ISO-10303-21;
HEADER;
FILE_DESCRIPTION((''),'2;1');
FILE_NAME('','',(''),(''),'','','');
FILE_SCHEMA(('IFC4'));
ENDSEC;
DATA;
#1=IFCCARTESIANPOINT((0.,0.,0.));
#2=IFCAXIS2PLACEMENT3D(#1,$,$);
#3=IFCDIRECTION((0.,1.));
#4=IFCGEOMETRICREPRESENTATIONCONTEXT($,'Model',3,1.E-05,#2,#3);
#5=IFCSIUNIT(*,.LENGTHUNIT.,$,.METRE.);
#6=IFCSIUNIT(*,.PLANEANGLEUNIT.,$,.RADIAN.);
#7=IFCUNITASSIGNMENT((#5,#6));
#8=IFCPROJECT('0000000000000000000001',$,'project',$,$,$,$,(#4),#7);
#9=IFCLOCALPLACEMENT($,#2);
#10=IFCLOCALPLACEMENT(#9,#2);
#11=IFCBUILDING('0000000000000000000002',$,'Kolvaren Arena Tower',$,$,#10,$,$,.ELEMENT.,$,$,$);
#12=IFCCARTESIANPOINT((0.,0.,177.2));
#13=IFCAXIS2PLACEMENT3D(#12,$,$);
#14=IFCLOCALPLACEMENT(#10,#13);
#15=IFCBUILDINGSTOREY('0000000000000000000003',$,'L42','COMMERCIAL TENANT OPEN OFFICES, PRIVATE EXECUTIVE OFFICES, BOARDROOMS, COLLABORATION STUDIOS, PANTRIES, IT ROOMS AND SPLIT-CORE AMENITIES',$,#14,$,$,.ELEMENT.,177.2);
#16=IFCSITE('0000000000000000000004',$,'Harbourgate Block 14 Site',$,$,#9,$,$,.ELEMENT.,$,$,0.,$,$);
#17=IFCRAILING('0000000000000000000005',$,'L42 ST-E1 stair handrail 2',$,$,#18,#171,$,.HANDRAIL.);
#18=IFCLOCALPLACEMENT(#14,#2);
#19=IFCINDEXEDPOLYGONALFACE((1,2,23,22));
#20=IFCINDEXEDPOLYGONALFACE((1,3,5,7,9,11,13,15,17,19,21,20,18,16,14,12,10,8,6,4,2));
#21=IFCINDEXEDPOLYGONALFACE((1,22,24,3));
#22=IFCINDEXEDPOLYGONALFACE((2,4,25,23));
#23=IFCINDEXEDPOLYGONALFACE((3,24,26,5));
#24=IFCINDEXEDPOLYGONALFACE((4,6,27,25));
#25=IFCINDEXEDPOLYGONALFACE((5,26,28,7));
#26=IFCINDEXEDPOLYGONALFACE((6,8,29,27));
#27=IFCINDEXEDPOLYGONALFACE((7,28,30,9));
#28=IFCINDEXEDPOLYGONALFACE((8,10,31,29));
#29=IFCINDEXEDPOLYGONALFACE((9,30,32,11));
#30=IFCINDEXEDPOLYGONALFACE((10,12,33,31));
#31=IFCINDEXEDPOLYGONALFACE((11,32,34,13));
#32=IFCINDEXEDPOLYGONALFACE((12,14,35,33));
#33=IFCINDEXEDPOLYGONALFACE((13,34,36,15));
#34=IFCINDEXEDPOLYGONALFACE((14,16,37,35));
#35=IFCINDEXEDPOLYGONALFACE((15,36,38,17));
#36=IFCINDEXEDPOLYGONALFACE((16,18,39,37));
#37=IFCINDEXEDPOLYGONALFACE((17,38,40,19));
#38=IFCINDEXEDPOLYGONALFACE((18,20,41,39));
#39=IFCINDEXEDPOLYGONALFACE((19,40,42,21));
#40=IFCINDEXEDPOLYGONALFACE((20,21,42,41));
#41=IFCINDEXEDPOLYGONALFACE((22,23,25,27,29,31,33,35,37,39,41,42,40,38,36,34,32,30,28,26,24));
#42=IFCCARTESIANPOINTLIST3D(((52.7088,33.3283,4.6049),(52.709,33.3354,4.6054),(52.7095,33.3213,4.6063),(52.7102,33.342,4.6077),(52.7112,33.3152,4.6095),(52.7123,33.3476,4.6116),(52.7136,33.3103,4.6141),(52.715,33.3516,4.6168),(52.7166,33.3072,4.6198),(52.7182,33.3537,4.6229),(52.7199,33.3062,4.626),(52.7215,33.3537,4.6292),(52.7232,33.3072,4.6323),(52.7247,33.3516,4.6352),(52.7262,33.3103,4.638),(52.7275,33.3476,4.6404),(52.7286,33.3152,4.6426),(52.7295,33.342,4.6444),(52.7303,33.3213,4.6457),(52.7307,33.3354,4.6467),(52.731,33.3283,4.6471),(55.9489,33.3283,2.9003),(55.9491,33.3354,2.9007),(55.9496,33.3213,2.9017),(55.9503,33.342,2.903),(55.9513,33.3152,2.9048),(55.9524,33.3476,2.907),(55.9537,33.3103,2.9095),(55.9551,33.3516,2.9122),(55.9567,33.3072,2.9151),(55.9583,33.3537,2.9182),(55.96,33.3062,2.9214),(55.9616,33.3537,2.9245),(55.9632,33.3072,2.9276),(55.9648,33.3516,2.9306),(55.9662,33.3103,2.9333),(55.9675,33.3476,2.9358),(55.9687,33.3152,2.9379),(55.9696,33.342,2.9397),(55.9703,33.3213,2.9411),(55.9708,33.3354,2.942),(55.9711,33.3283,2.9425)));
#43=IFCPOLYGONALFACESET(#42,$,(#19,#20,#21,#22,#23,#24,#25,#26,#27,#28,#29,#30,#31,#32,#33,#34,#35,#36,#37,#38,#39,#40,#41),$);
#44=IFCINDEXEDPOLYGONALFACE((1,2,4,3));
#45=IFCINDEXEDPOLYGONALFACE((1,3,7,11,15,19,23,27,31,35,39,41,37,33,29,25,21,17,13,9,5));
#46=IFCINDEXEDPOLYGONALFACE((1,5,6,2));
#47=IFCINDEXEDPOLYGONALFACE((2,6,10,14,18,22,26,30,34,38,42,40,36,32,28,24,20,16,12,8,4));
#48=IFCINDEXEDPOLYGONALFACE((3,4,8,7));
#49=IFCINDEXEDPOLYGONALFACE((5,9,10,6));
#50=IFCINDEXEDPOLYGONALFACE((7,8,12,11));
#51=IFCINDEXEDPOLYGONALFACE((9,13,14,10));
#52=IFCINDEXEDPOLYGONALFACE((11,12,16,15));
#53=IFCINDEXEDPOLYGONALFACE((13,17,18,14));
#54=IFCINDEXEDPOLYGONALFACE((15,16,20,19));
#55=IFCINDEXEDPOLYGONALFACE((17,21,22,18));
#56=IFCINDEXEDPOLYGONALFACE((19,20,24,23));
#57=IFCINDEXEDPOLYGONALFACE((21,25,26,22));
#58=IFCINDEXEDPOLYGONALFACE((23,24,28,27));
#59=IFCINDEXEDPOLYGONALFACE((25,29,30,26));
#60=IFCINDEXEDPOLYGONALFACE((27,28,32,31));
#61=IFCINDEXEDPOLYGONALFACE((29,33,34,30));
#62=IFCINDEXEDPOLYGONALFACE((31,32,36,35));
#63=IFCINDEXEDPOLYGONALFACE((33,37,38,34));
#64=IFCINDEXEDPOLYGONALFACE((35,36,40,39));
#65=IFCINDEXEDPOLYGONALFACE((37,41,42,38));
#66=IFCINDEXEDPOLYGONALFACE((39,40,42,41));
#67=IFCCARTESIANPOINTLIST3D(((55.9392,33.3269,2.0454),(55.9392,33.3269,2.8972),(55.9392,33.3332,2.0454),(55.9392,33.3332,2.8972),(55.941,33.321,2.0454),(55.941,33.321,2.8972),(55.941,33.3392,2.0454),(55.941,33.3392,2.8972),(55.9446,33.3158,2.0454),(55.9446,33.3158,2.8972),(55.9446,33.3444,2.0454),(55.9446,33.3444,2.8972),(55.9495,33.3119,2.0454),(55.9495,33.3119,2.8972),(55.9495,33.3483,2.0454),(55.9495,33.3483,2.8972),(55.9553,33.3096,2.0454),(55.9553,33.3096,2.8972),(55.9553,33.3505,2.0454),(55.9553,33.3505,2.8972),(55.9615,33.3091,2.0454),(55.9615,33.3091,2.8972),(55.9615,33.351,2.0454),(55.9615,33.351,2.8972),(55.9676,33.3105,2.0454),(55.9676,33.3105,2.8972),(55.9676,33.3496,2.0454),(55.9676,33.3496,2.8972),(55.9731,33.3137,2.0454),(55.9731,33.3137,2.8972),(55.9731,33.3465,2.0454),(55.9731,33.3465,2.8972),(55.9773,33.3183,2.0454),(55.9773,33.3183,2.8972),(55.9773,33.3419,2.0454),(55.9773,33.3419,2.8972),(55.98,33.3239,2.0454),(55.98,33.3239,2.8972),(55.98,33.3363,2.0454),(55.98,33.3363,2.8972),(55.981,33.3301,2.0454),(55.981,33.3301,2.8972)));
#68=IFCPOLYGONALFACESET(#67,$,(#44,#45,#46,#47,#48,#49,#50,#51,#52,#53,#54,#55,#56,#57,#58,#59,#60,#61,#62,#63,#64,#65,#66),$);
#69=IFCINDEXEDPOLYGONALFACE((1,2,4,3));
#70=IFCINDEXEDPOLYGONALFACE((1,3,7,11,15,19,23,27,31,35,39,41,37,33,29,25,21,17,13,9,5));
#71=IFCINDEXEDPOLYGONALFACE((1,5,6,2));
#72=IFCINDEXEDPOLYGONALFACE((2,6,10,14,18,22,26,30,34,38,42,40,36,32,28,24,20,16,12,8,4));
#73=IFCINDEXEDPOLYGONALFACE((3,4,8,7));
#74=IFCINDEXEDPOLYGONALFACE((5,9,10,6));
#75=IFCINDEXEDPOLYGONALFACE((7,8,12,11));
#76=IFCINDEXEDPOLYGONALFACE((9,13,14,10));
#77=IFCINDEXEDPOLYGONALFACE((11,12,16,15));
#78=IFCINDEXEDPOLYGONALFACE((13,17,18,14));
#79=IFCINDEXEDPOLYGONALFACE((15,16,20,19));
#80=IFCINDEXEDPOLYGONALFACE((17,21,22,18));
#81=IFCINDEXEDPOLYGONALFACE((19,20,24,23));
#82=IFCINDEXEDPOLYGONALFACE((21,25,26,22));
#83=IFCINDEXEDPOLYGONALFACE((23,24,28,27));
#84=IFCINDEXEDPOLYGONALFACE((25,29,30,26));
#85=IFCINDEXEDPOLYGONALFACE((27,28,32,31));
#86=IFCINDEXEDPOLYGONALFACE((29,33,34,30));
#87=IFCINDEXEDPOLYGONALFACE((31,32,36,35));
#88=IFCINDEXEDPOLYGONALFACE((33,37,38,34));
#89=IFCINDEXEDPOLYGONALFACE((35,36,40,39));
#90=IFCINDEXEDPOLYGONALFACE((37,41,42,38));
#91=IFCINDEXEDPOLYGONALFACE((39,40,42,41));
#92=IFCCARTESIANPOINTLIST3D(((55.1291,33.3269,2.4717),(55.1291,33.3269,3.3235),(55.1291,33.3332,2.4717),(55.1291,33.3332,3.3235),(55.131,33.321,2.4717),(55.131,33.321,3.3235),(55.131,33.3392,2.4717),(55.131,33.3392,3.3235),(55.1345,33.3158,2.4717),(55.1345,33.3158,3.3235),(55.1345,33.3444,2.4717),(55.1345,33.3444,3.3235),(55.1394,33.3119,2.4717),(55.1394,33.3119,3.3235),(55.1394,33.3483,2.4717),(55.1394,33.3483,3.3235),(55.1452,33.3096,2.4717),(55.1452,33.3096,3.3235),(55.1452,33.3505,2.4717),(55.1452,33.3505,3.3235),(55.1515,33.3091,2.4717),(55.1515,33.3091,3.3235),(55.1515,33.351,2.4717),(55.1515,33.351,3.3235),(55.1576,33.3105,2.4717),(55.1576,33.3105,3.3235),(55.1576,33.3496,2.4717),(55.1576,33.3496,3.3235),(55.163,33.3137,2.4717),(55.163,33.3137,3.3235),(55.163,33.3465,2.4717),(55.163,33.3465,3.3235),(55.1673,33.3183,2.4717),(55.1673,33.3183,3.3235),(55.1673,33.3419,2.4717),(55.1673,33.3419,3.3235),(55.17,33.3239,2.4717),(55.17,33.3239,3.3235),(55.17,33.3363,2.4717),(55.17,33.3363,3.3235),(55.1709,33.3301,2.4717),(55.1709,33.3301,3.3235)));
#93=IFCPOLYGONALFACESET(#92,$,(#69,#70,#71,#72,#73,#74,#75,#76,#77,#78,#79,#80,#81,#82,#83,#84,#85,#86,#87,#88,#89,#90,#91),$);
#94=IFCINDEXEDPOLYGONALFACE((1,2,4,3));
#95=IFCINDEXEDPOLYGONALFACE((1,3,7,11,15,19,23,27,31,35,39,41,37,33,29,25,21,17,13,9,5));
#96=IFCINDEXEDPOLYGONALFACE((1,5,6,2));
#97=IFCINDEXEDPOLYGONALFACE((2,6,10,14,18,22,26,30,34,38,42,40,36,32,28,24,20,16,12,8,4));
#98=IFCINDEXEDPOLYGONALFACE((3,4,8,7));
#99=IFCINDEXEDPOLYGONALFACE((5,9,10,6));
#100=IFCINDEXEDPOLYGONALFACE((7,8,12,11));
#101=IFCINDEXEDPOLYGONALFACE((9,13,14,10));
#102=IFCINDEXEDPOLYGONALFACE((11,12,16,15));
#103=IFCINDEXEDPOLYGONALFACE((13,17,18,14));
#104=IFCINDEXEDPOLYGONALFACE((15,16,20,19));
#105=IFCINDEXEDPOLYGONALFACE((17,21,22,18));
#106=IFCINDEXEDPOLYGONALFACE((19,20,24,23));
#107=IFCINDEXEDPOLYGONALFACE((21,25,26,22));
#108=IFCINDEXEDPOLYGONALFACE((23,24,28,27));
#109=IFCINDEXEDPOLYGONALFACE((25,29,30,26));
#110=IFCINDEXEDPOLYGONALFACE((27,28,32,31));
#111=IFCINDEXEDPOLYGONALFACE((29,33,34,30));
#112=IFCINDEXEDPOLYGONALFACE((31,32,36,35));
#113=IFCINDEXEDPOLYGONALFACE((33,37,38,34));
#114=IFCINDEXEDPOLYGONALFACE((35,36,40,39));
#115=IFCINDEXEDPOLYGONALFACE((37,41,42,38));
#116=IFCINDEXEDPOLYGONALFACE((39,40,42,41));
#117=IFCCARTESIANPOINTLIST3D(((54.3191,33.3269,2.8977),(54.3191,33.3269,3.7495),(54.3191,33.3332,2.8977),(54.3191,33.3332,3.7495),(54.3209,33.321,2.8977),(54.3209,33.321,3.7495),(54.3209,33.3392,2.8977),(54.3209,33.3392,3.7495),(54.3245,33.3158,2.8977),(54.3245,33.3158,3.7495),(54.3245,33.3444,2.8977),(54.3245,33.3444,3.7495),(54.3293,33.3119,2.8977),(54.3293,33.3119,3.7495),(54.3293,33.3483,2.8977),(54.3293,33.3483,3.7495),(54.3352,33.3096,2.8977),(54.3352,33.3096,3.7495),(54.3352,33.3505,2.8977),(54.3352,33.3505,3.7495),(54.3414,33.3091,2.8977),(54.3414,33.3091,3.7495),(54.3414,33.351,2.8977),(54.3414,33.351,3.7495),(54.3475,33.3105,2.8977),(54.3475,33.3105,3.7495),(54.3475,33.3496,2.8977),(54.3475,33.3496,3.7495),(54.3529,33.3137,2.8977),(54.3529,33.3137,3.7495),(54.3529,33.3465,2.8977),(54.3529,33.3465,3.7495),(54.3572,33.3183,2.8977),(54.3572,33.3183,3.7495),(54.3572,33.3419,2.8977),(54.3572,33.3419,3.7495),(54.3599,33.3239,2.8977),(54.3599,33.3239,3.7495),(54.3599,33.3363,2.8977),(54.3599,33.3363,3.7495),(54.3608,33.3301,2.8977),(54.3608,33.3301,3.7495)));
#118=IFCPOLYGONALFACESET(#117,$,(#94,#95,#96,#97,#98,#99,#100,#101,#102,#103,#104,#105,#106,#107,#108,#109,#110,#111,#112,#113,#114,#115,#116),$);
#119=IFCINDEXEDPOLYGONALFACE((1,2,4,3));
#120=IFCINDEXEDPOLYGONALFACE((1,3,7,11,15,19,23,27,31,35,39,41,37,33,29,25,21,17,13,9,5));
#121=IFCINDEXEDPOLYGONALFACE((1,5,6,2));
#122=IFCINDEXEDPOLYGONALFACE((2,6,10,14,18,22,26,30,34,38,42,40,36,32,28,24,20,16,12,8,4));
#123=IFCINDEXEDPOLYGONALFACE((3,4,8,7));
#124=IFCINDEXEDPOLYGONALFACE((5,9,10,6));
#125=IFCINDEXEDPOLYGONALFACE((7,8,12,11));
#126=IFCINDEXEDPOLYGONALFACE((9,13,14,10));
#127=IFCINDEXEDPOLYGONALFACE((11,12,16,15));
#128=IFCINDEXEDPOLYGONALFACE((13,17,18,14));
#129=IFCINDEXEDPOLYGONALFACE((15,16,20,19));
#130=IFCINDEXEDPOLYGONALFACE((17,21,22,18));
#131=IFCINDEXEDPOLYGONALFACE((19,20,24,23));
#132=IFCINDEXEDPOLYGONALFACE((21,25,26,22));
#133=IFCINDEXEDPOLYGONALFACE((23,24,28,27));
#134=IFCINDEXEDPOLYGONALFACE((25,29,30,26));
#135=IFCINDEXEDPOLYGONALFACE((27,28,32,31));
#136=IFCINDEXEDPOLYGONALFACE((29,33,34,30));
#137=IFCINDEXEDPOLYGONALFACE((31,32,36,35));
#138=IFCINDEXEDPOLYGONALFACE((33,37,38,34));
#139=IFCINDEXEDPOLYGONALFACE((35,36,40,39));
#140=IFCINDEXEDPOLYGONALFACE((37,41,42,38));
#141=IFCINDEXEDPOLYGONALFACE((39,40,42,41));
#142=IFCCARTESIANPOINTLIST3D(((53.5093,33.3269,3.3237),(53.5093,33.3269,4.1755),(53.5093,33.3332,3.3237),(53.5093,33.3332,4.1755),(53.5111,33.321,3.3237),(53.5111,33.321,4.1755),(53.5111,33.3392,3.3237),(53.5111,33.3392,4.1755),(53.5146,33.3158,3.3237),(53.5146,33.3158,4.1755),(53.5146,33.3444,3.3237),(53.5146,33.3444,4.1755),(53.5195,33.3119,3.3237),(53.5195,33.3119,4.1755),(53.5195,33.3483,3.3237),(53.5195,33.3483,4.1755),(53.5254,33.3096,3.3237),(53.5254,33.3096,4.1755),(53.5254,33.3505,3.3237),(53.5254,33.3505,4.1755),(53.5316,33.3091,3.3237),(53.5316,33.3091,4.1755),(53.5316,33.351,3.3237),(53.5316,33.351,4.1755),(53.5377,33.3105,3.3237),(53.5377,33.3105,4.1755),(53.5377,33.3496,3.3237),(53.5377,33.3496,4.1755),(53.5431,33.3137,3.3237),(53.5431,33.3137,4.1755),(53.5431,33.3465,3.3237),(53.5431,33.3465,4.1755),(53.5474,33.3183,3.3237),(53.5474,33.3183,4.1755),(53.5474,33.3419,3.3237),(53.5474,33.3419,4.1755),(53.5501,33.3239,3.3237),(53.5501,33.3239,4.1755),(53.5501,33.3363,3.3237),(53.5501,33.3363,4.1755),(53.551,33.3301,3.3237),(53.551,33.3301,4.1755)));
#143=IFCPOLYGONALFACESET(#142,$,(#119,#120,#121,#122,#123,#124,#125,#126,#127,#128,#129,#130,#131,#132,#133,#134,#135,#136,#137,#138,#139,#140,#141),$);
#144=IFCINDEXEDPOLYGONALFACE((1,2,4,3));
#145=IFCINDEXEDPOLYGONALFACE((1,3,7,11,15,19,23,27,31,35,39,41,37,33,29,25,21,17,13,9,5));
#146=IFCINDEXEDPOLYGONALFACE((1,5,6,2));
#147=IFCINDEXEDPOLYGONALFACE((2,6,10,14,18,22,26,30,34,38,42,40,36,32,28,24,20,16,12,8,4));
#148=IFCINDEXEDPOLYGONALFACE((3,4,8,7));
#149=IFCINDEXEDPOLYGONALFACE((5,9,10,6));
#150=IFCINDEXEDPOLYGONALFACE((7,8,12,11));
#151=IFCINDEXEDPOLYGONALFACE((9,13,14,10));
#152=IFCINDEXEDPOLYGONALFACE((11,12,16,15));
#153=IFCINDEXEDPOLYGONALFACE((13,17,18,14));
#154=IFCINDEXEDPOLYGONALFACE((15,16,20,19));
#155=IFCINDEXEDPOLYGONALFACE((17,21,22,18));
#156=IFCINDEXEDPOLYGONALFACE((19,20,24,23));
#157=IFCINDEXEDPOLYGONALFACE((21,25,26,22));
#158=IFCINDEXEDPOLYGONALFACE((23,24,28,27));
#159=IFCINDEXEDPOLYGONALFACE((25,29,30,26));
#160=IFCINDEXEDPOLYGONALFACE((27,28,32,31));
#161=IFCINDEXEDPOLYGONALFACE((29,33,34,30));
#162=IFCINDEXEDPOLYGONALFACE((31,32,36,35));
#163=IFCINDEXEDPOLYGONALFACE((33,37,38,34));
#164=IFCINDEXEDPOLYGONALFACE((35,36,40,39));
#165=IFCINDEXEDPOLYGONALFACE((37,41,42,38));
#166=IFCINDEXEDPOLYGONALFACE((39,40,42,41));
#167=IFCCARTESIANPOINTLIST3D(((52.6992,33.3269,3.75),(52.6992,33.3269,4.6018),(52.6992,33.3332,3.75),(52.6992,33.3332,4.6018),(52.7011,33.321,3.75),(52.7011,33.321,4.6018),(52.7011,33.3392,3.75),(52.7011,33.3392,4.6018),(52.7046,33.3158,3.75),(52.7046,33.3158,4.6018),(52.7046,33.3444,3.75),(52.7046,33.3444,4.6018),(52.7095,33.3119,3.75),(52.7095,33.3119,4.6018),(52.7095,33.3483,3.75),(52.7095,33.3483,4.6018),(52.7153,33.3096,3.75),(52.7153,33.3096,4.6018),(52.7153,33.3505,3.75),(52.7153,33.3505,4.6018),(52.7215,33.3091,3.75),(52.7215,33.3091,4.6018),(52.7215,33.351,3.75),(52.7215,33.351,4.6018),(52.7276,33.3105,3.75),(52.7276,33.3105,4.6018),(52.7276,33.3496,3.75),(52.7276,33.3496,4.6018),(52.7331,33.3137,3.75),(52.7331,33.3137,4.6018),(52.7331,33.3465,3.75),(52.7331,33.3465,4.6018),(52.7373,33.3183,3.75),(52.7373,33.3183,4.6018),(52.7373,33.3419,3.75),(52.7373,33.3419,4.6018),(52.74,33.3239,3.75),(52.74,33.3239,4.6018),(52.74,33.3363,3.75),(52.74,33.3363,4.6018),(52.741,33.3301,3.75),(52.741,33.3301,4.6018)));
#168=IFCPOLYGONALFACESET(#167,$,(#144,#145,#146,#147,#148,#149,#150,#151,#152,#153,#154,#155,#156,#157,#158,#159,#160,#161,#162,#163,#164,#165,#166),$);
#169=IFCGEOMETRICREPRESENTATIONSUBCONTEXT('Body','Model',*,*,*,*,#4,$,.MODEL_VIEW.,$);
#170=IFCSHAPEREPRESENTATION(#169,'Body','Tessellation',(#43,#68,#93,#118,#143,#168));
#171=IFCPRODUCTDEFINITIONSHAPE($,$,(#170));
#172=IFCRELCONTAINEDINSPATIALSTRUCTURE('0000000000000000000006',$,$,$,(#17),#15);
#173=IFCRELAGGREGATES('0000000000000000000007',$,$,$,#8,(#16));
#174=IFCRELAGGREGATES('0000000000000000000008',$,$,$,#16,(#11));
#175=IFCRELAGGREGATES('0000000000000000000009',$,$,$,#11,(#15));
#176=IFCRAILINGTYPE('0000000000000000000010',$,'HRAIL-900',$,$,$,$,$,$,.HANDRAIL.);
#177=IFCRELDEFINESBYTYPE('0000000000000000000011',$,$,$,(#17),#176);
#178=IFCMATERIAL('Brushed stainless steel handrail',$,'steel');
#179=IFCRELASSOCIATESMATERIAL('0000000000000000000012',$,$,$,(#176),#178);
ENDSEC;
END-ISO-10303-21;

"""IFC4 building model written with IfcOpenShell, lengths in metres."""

from ifc_helpers import new_model, si_unit, direction, frame, origin, origin_2d, place, context, subcontext, project, spatial, circle, extrude, material, type_object, element, save


model = new_model("IFC4")

# Units and contexts
model_context = context("Model", 3, precision=1e-05, world=origin(), true_north=direction((0.0, 1.0)))
body_context = subcontext(model_context, "Body", "Model", "MODEL_VIEW")
ifc_project = project(units=[si_unit("LENGTHUNIT", "METRE"), si_unit("PLANEANGLEUNIT", "RADIAN")], contexts=[model_context])

# Site, building, storey
site_placement = place(None, origin())
site = spatial("IfcSite", under=ifc_project, at=site_placement, Name="Harbourgate Block 14 Site", CompositionType="ELEMENT", RefElevation=0.0)
building_placement = place(site_placement, origin())
building = spatial("IfcBuilding", under=site, at=building_placement, Name="Kolvaren Arena Tower", CompositionType="ELEMENT")
storey_placement = place(building_placement, frame((0.0, 0.0, 177.2)))
storey = spatial("IfcBuildingStorey", under=building, at=storey_placement, Name="L42", Description="COMMERCIAL TENANT OPEN OFFICES, PRIVATE EXECUTIVE OFFICES, BOARDROOMS, COLLABORATION STUDIOS, PANTRIES, IT ROOMS AND SPLIT-CORE AMENITIES", CompositionType="ELEMENT", Elevation=177.2)

# Railing
ifc_material_1 = material(Name="Brushed stainless steel handrail", Category="steel")
railing_type_1 = type_object("IfcRailingType", Name="HRAIL-900", PredefinedType="HANDRAIL", material=ifc_material_1)
for number, where, name in (
    (1, (55.96, 33.3301, 2.0454), "L42 ST-E1 stair handrail 2"),
):
    element("IfcRailing", number, at=place(storey_placement, frame(where)), inside=storey, type_object=railing_type_1, Name=name, PredefinedType="HANDRAIL", context=body_context, shape_type="SweptSolid", body=[
        extrude(circle(Radius=0.0239, at=origin_2d()), frame((0.0, 0.0, 0.876), z_axis=(-0.884993, 0.0, 0.465604), x_axis=(0.0, -1.0, 0.0)), (0.0, 0.0, 1.0), 3.6611),
        extrude(circle(Radius=0.021, at=origin_2d()), origin(), (0.0, 0.0, 1.0), 0.8518),
        extrude(circle(Radius=0.021, at=origin_2d()), frame((-0.8101, 0.0, 0.4263)), (0.0, 0.0, 1.0), 0.8518),
        extrude(circle(Radius=0.021, at=origin_2d()), frame((-1.6201, 0.0, 0.8523)), (0.0, 0.0, 1.0), 0.8518),
        extrude(circle(Radius=0.021, at=origin_2d()), frame((-2.4299, 0.0, 1.2783)), (0.0, 0.0, 1.0), 0.8518),
        extrude(circle(Radius=0.021, at=origin_2d()), frame((-3.24, 0.0, 1.7046)), (0.0, 0.0, 1.0), 0.8518),
    ])

save(model, "model.ifc")
